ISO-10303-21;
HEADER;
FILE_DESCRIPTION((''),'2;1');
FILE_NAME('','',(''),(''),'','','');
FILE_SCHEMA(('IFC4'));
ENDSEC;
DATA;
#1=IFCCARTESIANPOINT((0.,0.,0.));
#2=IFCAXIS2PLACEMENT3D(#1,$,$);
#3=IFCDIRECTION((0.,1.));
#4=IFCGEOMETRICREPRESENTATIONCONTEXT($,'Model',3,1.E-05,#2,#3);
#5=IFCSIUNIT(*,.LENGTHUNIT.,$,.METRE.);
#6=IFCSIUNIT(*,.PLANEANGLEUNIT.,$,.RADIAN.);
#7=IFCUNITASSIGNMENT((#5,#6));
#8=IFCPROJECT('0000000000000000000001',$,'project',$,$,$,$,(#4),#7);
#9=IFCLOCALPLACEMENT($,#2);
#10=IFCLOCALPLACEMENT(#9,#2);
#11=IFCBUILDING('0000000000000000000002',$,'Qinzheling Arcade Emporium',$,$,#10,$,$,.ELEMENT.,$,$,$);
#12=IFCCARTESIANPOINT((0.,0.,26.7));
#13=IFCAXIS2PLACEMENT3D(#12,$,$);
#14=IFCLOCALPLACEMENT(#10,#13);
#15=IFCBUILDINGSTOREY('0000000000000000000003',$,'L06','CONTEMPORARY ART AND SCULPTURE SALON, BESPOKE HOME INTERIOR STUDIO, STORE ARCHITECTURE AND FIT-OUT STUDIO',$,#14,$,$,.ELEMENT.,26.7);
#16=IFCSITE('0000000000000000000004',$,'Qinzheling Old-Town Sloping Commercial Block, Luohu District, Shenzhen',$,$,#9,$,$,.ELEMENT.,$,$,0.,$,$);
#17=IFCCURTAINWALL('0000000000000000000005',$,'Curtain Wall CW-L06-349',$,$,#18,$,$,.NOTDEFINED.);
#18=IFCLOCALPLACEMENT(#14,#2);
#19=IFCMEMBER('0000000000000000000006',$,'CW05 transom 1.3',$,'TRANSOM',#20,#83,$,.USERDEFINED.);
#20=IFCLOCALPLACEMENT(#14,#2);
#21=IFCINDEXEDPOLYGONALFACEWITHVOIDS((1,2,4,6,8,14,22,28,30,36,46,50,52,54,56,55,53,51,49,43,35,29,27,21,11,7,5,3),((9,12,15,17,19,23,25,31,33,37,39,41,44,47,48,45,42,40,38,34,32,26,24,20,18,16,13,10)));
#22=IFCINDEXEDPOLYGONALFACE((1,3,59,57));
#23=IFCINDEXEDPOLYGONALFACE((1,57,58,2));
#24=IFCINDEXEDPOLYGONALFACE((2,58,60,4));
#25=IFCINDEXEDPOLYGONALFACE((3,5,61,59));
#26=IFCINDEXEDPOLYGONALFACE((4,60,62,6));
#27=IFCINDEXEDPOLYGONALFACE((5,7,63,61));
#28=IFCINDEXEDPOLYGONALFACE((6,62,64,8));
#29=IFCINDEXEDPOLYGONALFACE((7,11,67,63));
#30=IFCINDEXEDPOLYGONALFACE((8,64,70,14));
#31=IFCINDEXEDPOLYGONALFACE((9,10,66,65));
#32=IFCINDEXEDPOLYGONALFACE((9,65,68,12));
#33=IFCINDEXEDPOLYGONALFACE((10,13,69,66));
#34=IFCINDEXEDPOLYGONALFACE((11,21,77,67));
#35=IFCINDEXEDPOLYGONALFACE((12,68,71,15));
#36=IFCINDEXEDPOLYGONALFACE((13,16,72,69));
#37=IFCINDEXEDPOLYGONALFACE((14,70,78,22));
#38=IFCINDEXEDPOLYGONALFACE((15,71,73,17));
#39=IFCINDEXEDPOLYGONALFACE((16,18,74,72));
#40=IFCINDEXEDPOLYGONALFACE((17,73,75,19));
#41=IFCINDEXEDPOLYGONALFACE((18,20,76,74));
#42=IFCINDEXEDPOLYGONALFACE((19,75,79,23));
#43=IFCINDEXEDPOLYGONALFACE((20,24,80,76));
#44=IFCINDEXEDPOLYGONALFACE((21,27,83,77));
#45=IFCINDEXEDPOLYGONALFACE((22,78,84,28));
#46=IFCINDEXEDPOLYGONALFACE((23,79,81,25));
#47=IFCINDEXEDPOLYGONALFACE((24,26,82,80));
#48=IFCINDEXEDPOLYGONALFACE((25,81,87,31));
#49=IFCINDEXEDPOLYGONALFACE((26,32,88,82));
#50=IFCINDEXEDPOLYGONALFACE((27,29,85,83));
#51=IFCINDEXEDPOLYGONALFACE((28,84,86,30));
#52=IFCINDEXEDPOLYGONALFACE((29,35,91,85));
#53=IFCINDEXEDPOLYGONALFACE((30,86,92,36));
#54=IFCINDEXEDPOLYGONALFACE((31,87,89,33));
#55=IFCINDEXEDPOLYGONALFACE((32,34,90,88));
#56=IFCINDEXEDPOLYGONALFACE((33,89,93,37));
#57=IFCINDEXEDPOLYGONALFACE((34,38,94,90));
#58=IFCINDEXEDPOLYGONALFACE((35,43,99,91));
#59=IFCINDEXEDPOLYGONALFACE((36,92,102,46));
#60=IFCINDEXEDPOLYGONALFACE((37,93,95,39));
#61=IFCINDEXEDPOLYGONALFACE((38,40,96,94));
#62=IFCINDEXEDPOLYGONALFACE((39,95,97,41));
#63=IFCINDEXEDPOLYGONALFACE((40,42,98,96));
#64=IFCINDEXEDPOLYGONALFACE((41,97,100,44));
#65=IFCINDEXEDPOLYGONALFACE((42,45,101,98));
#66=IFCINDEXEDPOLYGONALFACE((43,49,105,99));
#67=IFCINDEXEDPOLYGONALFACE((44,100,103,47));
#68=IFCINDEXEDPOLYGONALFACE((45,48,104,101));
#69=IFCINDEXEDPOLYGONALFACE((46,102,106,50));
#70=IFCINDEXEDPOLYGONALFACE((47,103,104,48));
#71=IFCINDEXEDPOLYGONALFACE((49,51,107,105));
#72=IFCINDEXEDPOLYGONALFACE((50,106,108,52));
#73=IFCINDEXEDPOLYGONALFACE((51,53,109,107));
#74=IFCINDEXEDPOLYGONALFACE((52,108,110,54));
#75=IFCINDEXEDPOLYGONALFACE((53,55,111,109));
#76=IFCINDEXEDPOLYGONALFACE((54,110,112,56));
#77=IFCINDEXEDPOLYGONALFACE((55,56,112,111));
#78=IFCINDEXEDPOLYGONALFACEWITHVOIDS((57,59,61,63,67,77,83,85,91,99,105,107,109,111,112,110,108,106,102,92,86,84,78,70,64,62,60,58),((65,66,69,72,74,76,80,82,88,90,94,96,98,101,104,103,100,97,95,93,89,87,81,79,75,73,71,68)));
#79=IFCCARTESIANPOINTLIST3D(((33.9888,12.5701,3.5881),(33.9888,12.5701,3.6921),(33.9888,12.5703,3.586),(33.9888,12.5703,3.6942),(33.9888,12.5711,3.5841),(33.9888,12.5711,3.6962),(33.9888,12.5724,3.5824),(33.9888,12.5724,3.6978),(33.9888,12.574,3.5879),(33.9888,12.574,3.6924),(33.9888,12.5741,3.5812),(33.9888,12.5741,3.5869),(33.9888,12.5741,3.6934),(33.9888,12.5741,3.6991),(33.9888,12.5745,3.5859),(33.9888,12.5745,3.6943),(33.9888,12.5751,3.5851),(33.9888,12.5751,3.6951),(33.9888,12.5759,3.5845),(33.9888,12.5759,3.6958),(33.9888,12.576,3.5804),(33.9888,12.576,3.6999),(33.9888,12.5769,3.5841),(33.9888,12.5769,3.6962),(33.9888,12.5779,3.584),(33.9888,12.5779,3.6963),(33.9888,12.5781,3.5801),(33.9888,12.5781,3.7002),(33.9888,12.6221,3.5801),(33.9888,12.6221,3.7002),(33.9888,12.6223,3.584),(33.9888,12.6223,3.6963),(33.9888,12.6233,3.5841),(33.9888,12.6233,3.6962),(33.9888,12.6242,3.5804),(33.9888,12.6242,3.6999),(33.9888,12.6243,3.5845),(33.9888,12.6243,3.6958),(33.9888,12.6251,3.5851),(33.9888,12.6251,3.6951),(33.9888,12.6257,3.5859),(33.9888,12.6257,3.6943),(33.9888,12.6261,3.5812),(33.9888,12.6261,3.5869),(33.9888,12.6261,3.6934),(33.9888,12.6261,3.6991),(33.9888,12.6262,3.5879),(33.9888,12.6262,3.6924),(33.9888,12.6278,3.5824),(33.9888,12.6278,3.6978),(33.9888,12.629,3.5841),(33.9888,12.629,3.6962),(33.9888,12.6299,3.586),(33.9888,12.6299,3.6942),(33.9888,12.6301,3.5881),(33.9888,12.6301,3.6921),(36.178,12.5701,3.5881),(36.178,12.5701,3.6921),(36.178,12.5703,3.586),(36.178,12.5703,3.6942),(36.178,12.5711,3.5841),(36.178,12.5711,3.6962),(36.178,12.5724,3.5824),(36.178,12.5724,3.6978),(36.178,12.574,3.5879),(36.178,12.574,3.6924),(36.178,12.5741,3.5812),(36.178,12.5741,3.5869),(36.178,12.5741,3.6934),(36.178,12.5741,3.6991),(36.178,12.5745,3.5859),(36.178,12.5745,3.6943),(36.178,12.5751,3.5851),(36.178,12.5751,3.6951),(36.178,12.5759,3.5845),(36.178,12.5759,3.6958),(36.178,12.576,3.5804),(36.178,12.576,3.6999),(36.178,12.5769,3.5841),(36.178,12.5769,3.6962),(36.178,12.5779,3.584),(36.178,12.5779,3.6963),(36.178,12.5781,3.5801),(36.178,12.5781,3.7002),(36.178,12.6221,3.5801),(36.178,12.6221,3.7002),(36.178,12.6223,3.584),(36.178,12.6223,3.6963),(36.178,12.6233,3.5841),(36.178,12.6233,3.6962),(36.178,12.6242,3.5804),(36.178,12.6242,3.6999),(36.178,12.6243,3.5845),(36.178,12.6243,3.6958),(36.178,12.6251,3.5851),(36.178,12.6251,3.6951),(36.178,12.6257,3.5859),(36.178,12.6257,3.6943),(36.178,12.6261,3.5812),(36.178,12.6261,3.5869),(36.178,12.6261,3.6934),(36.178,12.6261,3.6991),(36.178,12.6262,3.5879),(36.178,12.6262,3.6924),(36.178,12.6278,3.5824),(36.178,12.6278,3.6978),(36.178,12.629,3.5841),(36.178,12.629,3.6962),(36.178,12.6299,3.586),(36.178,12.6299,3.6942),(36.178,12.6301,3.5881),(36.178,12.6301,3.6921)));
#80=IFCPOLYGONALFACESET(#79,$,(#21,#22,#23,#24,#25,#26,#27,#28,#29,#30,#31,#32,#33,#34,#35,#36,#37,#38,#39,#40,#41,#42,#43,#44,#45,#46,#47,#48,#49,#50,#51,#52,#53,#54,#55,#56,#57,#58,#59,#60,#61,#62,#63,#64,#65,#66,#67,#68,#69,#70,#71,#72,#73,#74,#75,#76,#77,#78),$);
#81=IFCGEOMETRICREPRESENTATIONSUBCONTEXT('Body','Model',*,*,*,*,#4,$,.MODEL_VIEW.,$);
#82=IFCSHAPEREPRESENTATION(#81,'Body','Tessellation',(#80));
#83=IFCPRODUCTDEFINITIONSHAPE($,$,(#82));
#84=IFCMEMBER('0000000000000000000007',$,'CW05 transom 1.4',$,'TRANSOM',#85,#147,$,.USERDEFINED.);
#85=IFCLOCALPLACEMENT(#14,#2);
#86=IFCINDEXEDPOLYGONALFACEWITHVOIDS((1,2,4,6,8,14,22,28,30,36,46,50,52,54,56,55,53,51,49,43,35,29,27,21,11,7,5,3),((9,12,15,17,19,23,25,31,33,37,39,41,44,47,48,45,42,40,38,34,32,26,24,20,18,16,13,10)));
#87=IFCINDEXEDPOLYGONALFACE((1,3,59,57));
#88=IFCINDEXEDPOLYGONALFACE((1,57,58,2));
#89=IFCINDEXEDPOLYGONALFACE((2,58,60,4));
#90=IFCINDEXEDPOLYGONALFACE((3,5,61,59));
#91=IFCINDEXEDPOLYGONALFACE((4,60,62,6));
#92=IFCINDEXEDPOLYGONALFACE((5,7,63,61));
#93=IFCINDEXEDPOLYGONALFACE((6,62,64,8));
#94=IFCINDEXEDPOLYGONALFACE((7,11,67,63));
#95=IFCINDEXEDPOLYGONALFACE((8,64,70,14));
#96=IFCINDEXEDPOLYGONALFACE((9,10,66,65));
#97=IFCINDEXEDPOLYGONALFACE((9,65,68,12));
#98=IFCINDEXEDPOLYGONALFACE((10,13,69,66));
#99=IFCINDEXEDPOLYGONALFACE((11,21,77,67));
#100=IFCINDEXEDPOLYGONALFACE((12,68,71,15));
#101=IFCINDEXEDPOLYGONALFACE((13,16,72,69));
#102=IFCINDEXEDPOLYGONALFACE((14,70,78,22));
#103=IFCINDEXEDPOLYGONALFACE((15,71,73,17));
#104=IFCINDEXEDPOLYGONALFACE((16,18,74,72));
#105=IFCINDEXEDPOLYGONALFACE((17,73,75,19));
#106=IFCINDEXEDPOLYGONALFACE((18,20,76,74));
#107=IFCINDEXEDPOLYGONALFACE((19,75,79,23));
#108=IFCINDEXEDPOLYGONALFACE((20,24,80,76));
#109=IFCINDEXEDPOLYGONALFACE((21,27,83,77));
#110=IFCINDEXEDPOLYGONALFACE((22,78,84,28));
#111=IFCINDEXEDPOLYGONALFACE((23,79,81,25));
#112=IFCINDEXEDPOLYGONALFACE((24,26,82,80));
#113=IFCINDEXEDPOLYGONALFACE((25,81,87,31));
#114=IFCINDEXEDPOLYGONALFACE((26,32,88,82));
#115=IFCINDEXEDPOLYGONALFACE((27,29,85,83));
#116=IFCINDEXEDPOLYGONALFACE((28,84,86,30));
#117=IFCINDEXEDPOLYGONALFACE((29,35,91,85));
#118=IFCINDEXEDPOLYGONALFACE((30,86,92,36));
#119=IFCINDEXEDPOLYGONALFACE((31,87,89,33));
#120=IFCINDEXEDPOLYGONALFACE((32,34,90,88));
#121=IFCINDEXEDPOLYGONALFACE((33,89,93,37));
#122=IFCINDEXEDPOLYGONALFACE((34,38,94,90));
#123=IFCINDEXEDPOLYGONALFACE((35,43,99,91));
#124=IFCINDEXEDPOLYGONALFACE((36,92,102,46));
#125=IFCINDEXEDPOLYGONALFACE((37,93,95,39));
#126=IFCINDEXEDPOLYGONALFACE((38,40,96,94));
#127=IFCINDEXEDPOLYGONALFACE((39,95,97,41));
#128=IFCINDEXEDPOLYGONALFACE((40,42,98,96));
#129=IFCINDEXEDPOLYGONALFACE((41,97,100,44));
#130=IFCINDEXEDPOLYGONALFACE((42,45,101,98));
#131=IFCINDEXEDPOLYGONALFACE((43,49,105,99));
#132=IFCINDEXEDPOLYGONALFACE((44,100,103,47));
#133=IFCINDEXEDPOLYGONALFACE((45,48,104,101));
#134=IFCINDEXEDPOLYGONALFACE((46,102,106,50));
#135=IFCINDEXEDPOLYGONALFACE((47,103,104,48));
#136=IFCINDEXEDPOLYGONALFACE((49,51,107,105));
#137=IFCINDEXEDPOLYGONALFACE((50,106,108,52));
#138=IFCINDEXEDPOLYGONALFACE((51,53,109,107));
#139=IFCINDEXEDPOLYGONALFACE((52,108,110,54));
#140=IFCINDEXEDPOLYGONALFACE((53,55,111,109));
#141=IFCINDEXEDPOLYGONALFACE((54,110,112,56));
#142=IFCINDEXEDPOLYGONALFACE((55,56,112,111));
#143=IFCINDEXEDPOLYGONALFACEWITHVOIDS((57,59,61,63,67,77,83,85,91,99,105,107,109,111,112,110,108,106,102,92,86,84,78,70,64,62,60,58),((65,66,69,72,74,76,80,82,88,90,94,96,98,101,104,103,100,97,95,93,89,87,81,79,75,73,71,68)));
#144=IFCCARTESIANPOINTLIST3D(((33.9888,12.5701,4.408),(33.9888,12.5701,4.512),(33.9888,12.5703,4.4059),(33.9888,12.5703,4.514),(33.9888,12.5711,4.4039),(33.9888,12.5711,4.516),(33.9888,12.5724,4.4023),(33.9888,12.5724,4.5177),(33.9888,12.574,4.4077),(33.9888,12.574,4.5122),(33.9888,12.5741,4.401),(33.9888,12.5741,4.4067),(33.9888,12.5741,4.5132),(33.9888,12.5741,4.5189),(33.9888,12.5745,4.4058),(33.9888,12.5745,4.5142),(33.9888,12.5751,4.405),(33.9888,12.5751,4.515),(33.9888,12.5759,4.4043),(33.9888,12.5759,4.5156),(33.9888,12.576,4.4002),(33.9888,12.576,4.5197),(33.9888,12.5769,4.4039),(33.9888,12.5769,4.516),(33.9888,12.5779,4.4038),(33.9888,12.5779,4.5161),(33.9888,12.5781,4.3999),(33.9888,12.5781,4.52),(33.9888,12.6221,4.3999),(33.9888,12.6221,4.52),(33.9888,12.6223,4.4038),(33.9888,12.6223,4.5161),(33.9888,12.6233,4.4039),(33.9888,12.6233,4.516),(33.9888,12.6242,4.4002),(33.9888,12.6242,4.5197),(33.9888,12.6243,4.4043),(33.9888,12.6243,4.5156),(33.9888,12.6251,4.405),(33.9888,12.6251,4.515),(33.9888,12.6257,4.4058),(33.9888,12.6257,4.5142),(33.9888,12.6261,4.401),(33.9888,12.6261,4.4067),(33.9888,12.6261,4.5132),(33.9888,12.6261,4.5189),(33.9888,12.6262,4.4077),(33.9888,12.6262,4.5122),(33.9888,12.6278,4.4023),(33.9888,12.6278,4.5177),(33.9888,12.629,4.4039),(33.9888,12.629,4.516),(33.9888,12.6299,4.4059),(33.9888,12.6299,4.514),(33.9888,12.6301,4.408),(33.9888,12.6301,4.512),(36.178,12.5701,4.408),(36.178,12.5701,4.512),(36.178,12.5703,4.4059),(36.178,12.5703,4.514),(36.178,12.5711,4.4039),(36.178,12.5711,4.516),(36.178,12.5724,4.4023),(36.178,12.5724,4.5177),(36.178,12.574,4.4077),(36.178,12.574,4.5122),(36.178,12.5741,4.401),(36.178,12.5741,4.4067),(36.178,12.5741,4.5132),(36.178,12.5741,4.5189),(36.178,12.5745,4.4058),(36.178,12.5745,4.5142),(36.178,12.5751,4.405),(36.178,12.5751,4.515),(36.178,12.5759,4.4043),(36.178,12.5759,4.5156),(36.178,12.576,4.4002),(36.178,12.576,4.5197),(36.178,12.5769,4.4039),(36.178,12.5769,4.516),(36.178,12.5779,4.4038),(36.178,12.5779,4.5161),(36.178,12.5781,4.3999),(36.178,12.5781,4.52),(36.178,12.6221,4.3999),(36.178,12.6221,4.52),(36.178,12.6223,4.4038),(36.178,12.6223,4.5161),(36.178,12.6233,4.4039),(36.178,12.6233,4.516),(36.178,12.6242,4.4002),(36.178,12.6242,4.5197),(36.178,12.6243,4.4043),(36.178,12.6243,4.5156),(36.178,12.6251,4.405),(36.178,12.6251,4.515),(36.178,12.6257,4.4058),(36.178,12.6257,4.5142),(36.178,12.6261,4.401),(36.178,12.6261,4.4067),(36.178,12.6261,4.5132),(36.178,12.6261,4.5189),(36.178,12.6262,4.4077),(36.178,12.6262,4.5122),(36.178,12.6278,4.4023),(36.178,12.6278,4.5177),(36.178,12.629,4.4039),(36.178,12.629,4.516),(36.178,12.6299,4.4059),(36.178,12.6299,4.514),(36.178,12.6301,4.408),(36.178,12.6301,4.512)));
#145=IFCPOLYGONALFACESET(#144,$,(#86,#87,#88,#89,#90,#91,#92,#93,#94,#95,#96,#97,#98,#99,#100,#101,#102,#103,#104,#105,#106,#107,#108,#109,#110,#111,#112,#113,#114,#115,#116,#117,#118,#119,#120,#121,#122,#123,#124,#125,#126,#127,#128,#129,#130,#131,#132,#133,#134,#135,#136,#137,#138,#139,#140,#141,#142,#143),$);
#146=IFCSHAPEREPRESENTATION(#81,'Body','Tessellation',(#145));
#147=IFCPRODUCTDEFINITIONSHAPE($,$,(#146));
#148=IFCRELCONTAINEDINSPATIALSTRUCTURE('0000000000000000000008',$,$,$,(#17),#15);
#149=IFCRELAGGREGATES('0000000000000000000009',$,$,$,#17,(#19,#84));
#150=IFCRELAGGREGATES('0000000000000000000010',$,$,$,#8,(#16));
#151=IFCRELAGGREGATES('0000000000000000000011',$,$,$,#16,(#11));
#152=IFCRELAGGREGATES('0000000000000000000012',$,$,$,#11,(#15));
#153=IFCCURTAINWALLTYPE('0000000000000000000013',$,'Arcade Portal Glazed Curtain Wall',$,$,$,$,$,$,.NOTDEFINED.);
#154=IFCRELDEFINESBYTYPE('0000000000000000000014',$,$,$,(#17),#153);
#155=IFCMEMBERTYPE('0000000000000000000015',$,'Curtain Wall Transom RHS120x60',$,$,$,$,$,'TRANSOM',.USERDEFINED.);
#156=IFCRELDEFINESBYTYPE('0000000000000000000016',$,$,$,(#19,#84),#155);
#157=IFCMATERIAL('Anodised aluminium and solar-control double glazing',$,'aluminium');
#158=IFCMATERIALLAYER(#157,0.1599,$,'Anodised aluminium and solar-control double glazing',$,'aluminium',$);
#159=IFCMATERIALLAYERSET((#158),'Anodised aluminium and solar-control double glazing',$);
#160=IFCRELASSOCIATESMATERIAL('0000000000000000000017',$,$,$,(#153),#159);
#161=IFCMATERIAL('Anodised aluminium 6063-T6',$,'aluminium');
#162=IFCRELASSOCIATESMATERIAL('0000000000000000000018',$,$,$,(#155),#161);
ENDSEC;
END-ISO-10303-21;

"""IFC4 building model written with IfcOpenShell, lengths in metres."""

from ifc_helpers import new_model, si_unit, direction, frame, origin, origin_2d, place, context, subcontext, project, spatial, hollow_rectangle, extrude, material, layer, layer_set, material_profile, profile_set, type_object, element, aggregate, save


model = new_model("IFC4")

# Units and contexts
model_context = context("Model", 3, precision=1e-05, world=origin(), true_north=direction((0.0, 1.0)))
body_context = subcontext(model_context, "Body", "Model", "MODEL_VIEW")
ifc_project = project(units=[si_unit("LENGTHUNIT", "METRE"), si_unit("PLANEANGLEUNIT", "RADIAN")], contexts=[model_context])

# Site, building, storey
site_placement = place(None, origin())
site = spatial("IfcSite", under=ifc_project, at=site_placement, Name="Qinzheling Old-Town Sloping Commercial Block, Luohu District, Shenzhen", CompositionType="ELEMENT", RefElevation=0.0)
building_placement = place(site_placement, origin())
building = spatial("IfcBuilding", under=site, at=building_placement, Name="Qinzheling Arcade Emporium", CompositionType="ELEMENT")
storey_placement = place(building_placement, frame((0.0, 0.0, 26.7)))
storey = spatial("IfcBuildingStorey", under=building, at=storey_placement, Name="L06", Description="CONTEMPORARY ART AND SCULPTURE SALON, BESPOKE HOME INTERIOR STUDIO, STORE ARCHITECTURE AND FIT-OUT STUDIO", CompositionType="ELEMENT", Elevation=26.7)

# Curtain wall
ifc_material_1 = material(Name="Anodised aluminium and solar-control double glazing", Category="aluminium")
ifc_layer_1 = layer(ifc_material_1, 0.1599, Name="Anodised aluminium and solar-control double glazing", Category="aluminium")
ifc_layer_set_1 = layer_set([ifc_layer_1], Name="Anodised aluminium and solar-control double glazing")
curtain_wall_type = type_object("IfcCurtainWallType", Name="Arcade Portal Glazed Curtain Wall", PredefinedType="NOTDEFINED", material=ifc_layer_set_1)
ifc_material_2 = material(Name="Anodised aluminium 6063-T6", Category="aluminium")
curtain_wall_1_placement = place(storey_placement, origin())
curtain_wall_1 = element("IfcCurtainWall", 1, at=curtain_wall_1_placement, inside=storey, type_object=curtain_wall_type, Name="Curtain Wall CW-L06-349", PredefinedType="NOTDEFINED")

# Members
ifc_material_profile_1 = material_profile(ifc_material_2, hollow_rectangle(XDim=0.0601, YDim=0.1201, WallThickness=0.0039, InnerFilletRadius=0.0039, OuterFilletRadius=0.0081, at=origin_2d()), Name="RHS 120x60x4", Category="aluminium")
ifc_profile_set_1 = profile_set([ifc_material_profile_1], Name="Anodised aluminium 6063-T6")
member_type_1 = type_object("IfcMemberType", Name="Curtain Wall Transom RHS120x60", ElementType="TRANSOM", PredefinedType="USERDEFINED", material=ifc_profile_set_1)
member_1_placement = place(storey_placement, frame((36.178, 12.6001, 3.6401), z_axis=(-1.0, 0.0, 0.0), x_axis=(0.0, -1.0, 0.0)))
member_1 = element("IfcMember", 2, at=member_1_placement, type_object=member_type_1, Name="CW05 transom 1.3", ObjectType="TRANSOM", PredefinedType="USERDEFINED", context=body_context, shape_type="SweptSolid", body=[
    extrude(hollow_rectangle(XDim=0.0601, YDim=0.1201, WallThickness=0.0039, InnerFilletRadius=0.0039, OuterFilletRadius=0.0081, at=origin_2d()), origin(), (0.0, 0.0, 1.0), 2.1892),
])
member_2_placement = place(storey_placement, frame((36.178, 12.6001, 4.46), z_axis=(-1.0, 0.0, 0.0), x_axis=(0.0, -1.0, 0.0)))
member_2 = element("IfcMember", 3, at=member_2_placement, type_object=member_type_1, Name="CW05 transom 1.4", ObjectType="TRANSOM", PredefinedType="USERDEFINED", context=body_context, shape_type="SweptSolid", body=[
    extrude(hollow_rectangle(XDim=0.0601, YDim=0.1201, WallThickness=0.0039, InnerFilletRadius=0.0039, OuterFilletRadius=0.0081, at=origin_2d()), origin(), (0.0, 0.0, 1.0), 2.1892),
])

aggregate(curtain_wall_1, [member_1, member_2])

save(model, "model.ifc")
